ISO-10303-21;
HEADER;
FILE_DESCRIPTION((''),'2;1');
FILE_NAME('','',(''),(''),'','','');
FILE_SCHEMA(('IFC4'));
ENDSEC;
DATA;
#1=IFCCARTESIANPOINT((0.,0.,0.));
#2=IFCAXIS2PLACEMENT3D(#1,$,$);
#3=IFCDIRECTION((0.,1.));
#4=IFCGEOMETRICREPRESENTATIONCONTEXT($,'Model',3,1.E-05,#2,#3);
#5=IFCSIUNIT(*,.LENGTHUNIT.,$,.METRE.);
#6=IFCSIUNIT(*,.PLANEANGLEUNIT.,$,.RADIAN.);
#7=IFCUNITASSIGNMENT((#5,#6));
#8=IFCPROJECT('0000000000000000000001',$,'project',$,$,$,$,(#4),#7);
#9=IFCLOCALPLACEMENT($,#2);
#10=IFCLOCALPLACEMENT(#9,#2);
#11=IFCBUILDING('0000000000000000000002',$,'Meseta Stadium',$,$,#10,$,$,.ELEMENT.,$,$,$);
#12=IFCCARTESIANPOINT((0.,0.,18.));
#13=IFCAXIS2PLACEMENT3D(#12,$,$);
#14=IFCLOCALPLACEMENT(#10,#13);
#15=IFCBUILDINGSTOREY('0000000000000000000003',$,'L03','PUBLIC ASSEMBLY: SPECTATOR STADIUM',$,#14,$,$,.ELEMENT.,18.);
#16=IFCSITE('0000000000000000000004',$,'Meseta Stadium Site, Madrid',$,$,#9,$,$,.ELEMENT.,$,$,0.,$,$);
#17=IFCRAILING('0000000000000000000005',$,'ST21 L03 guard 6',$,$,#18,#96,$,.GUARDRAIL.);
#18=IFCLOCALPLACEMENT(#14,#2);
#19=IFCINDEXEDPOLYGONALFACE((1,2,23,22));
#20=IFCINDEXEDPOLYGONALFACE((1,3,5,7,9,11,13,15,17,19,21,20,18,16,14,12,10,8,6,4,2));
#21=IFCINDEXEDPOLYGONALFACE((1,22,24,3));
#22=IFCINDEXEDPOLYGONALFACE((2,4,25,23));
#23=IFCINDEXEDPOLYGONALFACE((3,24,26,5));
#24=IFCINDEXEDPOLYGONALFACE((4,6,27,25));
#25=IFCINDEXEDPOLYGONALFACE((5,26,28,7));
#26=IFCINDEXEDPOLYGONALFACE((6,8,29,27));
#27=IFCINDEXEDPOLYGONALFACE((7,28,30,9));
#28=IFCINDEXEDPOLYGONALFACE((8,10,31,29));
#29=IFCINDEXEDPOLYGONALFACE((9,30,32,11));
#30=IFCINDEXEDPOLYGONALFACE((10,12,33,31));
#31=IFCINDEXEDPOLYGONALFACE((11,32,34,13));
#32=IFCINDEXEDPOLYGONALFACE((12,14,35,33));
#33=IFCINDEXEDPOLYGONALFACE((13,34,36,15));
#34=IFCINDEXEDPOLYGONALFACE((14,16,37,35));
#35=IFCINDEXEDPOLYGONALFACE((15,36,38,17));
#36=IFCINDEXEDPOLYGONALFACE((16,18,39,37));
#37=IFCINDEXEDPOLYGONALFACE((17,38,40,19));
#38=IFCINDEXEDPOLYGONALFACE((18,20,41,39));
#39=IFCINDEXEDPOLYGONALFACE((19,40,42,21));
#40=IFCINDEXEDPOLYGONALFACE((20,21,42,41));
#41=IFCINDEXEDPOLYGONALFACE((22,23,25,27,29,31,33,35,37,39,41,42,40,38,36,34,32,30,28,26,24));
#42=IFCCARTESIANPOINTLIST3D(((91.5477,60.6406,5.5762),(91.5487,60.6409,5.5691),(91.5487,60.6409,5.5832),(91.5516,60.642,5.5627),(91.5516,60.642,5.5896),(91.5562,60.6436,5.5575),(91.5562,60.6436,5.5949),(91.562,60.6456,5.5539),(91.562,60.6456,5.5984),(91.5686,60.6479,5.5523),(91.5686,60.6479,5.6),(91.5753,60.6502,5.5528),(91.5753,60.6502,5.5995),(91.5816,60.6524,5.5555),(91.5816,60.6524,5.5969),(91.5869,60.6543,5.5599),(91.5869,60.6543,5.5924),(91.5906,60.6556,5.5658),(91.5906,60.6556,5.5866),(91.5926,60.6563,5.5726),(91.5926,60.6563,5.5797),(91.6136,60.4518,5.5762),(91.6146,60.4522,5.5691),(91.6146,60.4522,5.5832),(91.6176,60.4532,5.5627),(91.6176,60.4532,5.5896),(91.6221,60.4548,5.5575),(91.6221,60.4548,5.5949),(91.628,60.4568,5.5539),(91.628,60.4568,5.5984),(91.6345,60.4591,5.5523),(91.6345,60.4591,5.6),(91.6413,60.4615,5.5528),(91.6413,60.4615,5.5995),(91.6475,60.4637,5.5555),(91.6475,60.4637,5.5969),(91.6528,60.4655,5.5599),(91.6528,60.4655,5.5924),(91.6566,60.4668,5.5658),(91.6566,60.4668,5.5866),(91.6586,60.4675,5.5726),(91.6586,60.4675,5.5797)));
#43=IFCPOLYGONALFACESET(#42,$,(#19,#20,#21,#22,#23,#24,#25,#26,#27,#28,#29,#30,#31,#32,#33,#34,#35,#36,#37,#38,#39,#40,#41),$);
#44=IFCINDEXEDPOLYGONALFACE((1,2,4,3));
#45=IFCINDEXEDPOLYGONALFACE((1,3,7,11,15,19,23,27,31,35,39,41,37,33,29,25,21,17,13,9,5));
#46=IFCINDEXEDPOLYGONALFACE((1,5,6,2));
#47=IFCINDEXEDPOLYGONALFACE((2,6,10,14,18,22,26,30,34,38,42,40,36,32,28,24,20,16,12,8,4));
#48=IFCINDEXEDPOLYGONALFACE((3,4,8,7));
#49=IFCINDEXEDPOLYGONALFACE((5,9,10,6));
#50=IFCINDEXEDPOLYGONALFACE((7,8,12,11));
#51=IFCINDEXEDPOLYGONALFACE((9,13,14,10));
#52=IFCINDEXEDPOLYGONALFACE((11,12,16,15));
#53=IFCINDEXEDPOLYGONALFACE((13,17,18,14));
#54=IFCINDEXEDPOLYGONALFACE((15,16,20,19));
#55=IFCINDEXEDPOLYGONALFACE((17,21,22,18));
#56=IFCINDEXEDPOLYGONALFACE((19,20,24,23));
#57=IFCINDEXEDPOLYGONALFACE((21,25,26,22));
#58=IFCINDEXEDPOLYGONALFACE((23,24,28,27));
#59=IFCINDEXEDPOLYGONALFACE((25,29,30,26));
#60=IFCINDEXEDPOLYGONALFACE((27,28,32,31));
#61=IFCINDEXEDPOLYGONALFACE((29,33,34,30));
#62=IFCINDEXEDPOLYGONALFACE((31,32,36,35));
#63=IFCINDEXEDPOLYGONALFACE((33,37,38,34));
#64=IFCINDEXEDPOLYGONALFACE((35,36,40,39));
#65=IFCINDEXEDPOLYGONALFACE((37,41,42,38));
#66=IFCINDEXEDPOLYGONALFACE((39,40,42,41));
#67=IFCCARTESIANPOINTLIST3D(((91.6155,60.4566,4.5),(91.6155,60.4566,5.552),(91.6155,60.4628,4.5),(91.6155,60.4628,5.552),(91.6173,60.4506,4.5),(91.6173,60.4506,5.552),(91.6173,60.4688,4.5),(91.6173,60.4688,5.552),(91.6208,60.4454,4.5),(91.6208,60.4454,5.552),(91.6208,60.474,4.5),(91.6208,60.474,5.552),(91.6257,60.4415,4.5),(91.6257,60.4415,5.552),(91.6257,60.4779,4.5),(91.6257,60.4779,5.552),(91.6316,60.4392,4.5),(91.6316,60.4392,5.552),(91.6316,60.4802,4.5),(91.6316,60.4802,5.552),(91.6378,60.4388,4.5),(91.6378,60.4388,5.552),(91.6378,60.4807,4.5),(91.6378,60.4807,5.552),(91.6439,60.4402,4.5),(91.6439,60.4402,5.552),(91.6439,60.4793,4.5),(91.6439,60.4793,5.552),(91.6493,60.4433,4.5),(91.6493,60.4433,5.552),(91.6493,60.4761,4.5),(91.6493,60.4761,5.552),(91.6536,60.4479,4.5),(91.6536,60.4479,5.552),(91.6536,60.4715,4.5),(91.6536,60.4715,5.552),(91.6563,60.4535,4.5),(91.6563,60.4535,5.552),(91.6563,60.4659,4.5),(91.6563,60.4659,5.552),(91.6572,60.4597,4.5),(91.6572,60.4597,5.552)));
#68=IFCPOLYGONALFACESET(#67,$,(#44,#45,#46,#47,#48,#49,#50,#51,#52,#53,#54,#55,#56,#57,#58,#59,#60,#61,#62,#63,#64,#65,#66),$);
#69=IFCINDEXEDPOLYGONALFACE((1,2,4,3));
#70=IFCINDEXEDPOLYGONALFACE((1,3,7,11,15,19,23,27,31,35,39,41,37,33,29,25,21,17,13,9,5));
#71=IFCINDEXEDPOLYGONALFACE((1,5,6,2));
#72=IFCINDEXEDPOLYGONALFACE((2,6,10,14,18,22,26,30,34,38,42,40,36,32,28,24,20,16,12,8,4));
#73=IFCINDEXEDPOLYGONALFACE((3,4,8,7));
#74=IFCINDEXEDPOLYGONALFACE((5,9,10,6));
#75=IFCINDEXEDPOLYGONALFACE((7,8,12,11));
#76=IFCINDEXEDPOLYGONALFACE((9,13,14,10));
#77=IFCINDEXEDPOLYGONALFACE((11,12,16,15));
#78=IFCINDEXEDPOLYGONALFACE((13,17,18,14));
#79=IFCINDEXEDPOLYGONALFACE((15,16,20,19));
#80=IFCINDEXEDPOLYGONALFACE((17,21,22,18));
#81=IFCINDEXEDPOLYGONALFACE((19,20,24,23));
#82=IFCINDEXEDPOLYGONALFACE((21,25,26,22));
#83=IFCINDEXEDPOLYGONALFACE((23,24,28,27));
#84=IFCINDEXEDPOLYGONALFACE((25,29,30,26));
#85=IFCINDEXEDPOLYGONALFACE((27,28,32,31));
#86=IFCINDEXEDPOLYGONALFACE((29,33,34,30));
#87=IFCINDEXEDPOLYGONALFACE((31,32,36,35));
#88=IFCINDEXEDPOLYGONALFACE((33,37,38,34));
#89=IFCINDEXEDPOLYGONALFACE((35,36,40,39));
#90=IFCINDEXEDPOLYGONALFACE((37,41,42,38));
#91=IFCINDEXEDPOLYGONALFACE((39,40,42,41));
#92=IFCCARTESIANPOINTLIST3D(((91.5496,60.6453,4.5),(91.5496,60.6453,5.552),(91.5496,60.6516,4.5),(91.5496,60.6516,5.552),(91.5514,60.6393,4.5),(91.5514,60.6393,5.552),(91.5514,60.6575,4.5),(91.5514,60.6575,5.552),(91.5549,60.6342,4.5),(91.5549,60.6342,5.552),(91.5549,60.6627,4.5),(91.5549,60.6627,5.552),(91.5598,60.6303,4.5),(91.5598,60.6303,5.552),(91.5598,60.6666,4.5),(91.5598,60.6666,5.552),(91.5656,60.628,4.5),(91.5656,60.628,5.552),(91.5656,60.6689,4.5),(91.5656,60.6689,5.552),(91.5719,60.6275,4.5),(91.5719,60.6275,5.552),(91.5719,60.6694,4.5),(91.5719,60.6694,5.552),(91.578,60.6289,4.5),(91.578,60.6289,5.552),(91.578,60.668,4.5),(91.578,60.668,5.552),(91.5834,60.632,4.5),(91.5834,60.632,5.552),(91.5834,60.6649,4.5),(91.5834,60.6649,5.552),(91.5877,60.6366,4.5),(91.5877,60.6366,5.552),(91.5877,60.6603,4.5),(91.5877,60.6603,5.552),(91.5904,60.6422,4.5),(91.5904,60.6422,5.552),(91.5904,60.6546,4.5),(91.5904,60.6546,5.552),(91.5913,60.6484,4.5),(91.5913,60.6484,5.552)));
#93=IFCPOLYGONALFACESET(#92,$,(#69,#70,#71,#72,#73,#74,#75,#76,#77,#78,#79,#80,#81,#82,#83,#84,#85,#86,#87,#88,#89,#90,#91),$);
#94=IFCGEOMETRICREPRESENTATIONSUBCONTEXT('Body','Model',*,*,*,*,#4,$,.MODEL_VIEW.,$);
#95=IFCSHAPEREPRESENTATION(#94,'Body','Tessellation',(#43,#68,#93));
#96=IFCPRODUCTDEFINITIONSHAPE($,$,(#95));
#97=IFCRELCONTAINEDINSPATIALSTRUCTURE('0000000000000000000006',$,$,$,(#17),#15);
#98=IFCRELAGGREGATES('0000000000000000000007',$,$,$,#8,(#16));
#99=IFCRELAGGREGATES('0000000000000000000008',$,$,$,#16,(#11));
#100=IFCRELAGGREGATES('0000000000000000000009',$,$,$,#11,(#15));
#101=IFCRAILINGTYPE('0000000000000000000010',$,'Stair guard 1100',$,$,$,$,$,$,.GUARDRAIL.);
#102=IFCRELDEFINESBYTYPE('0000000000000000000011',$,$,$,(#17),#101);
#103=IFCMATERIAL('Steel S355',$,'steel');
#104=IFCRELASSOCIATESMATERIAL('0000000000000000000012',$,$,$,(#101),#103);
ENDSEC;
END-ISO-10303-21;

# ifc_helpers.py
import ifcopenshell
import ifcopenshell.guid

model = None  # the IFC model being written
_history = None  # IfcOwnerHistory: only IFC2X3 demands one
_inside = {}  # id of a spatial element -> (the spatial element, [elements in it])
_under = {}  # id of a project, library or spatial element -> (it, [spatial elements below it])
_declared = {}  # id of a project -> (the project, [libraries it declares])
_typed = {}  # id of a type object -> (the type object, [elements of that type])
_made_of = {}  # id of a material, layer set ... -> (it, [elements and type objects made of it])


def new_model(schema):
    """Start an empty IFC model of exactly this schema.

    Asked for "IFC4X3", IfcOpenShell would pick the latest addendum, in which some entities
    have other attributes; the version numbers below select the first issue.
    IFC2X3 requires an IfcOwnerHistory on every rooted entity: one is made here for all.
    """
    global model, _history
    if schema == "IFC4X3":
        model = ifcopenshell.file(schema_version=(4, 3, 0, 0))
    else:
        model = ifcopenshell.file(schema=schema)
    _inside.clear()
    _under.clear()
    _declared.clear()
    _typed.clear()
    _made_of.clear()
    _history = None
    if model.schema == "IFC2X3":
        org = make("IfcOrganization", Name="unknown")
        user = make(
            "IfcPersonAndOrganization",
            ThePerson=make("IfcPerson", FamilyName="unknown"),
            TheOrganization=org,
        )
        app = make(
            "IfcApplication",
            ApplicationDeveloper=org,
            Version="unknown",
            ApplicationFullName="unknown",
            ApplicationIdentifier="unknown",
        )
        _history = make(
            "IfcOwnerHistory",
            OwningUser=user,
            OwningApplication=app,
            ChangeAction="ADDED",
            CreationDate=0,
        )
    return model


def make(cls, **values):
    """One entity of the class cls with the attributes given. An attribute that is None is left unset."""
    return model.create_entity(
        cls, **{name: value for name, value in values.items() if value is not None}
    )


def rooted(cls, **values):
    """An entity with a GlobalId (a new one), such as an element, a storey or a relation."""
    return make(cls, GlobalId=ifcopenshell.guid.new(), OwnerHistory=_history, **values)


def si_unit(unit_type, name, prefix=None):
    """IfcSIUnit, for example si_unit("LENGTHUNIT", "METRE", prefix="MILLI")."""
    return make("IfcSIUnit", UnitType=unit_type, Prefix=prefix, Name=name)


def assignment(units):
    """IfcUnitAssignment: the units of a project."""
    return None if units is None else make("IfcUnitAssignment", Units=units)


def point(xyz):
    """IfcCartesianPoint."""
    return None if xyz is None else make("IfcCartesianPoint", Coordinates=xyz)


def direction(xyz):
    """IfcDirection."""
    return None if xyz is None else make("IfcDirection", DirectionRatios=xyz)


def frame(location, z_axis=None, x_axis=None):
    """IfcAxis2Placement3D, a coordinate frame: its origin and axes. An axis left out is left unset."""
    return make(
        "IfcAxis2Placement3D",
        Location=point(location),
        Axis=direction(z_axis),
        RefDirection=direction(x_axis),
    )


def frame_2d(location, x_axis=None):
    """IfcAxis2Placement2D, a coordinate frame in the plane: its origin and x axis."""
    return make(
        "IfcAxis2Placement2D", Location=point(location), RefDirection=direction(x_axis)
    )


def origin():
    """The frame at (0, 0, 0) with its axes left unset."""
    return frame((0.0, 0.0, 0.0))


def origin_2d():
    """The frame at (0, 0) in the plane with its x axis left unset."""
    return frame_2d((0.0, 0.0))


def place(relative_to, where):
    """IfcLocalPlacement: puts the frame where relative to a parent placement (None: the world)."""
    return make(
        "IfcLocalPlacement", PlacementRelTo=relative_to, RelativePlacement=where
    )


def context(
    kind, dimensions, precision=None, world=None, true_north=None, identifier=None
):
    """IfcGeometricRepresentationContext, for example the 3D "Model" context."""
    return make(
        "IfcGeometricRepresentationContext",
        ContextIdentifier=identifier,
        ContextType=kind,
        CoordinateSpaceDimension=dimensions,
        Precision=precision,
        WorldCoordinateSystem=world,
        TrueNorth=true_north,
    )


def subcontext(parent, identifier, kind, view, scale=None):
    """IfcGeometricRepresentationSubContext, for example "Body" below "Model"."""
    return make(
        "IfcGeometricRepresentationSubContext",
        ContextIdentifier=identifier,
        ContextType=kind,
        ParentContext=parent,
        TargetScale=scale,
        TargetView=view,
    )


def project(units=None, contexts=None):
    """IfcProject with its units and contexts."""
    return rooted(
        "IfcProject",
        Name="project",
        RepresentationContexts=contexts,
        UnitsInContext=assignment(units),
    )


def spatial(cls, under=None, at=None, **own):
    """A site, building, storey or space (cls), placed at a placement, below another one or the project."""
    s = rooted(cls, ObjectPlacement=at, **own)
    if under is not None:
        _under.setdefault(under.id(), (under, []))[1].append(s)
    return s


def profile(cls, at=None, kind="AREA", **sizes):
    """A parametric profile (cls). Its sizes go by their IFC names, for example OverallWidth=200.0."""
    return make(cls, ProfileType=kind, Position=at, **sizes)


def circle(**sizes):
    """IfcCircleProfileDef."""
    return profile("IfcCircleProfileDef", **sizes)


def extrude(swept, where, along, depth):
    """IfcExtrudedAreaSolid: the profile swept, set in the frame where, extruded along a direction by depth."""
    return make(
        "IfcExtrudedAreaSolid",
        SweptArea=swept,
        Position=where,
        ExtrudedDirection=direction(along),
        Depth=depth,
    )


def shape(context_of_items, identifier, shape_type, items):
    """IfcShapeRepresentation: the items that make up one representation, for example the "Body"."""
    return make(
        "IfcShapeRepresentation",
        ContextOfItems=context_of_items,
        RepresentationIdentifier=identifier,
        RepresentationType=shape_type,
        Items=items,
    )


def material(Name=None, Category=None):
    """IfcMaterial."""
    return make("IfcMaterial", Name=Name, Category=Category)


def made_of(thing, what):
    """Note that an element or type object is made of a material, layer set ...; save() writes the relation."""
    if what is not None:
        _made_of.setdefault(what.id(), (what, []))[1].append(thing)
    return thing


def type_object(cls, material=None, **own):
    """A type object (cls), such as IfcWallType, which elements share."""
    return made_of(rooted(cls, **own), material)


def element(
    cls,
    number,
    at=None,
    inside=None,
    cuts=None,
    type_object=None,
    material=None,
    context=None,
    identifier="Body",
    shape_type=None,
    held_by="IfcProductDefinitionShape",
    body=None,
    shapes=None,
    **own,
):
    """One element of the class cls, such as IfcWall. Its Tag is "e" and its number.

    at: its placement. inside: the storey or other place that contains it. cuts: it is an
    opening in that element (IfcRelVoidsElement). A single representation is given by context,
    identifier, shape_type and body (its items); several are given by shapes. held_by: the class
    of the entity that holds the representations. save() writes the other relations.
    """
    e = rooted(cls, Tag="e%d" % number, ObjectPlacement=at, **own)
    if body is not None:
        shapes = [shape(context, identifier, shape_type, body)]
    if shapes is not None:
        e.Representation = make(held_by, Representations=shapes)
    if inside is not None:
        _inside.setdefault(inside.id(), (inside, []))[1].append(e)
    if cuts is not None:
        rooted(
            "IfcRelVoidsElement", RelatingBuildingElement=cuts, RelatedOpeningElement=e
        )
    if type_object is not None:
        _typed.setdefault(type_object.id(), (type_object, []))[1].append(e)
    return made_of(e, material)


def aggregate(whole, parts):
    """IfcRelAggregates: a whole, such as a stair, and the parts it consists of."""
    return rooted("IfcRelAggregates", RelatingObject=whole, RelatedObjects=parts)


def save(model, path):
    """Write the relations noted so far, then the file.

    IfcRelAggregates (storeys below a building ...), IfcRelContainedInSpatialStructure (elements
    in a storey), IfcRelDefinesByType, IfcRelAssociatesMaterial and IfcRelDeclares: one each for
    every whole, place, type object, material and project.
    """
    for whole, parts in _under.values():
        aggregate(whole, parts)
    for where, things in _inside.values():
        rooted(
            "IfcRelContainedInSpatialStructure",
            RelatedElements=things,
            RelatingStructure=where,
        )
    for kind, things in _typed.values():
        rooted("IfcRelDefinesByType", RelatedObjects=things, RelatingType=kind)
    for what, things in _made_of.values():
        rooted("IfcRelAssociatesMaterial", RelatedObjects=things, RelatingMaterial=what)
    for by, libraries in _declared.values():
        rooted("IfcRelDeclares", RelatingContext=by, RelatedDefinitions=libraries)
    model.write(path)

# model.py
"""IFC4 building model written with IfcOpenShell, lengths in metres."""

from ifc_helpers import new_model, si_unit, direction, frame, origin, origin_2d, place, context, subcontext, project, spatial, circle, extrude, material, type_object, element, save


model = new_model("IFC4")

# Units and contexts
model_context = context("Model", 3, precision=1e-05, world=origin(), true_north=direction((0.0, 1.0)))
body_context = subcontext(model_context, "Body", "Model", "MODEL_VIEW")
ifc_project = project(units=[si_unit("LENGTHUNIT", "METRE"), si_unit("PLANEANGLEUNIT", "RADIAN")], contexts=[model_context])

# Site, building, storey
site_placement = place(None, origin())
site = spatial("IfcSite", under=ifc_project, at=site_placement, Name="Meseta Stadium Site, Madrid", CompositionType="ELEMENT", RefElevation=0.0)
building_placement = place(site_placement, origin())
building = spatial("IfcBuilding", under=site, at=building_placement, Name="Meseta Stadium", CompositionType="ELEMENT")
storey_placement = place(building_placement, frame((0.0, 0.0, 18.0)))
storey = spatial("IfcBuildingStorey", under=building, at=storey_placement, Name="L03", Description="PUBLIC ASSEMBLY: SPECTATOR STADIUM", CompositionType="ELEMENT", Elevation=18.0)

# Railing
ifc_material_1 = material(Name="Steel S355", Category="steel")
railing_type_1 = type_object("IfcRailingType", Name="Stair guard 1100", PredefinedType="GUARDRAIL", material=ifc_material_1)
railing_1_placement = place(storey_placement, frame((91.6362, 60.4597, 4.5)))
element("IfcRailing", 1, at=railing_1_placement, inside=storey, type_object=railing_type_1, Name="ST21 L03 guard 6", PredefinedType="GUARDRAIL", context=body_context, shape_type="SweptSolid", body=[
    extrude(circle(Radius=0.0239, at=origin_2d()), frame((0.0, 0.0, 1.0762), z_axis=(-0.329752, 0.944068, 0.0), x_axis=(-0.944068, -0.329752, 0.0)), (0.0, 0.0, 1.0), 0.2),
    extrude(circle(Radius=0.021, at=origin_2d()), origin(), (0.0, 0.0, 1.0), 1.052),
    extrude(circle(Radius=0.021, at=origin_2d()), frame((-0.0659, 0.1887, 0.0)), (0.0, 0.0, 1.0), 1.052),
])

save(model, "model.ifc")
